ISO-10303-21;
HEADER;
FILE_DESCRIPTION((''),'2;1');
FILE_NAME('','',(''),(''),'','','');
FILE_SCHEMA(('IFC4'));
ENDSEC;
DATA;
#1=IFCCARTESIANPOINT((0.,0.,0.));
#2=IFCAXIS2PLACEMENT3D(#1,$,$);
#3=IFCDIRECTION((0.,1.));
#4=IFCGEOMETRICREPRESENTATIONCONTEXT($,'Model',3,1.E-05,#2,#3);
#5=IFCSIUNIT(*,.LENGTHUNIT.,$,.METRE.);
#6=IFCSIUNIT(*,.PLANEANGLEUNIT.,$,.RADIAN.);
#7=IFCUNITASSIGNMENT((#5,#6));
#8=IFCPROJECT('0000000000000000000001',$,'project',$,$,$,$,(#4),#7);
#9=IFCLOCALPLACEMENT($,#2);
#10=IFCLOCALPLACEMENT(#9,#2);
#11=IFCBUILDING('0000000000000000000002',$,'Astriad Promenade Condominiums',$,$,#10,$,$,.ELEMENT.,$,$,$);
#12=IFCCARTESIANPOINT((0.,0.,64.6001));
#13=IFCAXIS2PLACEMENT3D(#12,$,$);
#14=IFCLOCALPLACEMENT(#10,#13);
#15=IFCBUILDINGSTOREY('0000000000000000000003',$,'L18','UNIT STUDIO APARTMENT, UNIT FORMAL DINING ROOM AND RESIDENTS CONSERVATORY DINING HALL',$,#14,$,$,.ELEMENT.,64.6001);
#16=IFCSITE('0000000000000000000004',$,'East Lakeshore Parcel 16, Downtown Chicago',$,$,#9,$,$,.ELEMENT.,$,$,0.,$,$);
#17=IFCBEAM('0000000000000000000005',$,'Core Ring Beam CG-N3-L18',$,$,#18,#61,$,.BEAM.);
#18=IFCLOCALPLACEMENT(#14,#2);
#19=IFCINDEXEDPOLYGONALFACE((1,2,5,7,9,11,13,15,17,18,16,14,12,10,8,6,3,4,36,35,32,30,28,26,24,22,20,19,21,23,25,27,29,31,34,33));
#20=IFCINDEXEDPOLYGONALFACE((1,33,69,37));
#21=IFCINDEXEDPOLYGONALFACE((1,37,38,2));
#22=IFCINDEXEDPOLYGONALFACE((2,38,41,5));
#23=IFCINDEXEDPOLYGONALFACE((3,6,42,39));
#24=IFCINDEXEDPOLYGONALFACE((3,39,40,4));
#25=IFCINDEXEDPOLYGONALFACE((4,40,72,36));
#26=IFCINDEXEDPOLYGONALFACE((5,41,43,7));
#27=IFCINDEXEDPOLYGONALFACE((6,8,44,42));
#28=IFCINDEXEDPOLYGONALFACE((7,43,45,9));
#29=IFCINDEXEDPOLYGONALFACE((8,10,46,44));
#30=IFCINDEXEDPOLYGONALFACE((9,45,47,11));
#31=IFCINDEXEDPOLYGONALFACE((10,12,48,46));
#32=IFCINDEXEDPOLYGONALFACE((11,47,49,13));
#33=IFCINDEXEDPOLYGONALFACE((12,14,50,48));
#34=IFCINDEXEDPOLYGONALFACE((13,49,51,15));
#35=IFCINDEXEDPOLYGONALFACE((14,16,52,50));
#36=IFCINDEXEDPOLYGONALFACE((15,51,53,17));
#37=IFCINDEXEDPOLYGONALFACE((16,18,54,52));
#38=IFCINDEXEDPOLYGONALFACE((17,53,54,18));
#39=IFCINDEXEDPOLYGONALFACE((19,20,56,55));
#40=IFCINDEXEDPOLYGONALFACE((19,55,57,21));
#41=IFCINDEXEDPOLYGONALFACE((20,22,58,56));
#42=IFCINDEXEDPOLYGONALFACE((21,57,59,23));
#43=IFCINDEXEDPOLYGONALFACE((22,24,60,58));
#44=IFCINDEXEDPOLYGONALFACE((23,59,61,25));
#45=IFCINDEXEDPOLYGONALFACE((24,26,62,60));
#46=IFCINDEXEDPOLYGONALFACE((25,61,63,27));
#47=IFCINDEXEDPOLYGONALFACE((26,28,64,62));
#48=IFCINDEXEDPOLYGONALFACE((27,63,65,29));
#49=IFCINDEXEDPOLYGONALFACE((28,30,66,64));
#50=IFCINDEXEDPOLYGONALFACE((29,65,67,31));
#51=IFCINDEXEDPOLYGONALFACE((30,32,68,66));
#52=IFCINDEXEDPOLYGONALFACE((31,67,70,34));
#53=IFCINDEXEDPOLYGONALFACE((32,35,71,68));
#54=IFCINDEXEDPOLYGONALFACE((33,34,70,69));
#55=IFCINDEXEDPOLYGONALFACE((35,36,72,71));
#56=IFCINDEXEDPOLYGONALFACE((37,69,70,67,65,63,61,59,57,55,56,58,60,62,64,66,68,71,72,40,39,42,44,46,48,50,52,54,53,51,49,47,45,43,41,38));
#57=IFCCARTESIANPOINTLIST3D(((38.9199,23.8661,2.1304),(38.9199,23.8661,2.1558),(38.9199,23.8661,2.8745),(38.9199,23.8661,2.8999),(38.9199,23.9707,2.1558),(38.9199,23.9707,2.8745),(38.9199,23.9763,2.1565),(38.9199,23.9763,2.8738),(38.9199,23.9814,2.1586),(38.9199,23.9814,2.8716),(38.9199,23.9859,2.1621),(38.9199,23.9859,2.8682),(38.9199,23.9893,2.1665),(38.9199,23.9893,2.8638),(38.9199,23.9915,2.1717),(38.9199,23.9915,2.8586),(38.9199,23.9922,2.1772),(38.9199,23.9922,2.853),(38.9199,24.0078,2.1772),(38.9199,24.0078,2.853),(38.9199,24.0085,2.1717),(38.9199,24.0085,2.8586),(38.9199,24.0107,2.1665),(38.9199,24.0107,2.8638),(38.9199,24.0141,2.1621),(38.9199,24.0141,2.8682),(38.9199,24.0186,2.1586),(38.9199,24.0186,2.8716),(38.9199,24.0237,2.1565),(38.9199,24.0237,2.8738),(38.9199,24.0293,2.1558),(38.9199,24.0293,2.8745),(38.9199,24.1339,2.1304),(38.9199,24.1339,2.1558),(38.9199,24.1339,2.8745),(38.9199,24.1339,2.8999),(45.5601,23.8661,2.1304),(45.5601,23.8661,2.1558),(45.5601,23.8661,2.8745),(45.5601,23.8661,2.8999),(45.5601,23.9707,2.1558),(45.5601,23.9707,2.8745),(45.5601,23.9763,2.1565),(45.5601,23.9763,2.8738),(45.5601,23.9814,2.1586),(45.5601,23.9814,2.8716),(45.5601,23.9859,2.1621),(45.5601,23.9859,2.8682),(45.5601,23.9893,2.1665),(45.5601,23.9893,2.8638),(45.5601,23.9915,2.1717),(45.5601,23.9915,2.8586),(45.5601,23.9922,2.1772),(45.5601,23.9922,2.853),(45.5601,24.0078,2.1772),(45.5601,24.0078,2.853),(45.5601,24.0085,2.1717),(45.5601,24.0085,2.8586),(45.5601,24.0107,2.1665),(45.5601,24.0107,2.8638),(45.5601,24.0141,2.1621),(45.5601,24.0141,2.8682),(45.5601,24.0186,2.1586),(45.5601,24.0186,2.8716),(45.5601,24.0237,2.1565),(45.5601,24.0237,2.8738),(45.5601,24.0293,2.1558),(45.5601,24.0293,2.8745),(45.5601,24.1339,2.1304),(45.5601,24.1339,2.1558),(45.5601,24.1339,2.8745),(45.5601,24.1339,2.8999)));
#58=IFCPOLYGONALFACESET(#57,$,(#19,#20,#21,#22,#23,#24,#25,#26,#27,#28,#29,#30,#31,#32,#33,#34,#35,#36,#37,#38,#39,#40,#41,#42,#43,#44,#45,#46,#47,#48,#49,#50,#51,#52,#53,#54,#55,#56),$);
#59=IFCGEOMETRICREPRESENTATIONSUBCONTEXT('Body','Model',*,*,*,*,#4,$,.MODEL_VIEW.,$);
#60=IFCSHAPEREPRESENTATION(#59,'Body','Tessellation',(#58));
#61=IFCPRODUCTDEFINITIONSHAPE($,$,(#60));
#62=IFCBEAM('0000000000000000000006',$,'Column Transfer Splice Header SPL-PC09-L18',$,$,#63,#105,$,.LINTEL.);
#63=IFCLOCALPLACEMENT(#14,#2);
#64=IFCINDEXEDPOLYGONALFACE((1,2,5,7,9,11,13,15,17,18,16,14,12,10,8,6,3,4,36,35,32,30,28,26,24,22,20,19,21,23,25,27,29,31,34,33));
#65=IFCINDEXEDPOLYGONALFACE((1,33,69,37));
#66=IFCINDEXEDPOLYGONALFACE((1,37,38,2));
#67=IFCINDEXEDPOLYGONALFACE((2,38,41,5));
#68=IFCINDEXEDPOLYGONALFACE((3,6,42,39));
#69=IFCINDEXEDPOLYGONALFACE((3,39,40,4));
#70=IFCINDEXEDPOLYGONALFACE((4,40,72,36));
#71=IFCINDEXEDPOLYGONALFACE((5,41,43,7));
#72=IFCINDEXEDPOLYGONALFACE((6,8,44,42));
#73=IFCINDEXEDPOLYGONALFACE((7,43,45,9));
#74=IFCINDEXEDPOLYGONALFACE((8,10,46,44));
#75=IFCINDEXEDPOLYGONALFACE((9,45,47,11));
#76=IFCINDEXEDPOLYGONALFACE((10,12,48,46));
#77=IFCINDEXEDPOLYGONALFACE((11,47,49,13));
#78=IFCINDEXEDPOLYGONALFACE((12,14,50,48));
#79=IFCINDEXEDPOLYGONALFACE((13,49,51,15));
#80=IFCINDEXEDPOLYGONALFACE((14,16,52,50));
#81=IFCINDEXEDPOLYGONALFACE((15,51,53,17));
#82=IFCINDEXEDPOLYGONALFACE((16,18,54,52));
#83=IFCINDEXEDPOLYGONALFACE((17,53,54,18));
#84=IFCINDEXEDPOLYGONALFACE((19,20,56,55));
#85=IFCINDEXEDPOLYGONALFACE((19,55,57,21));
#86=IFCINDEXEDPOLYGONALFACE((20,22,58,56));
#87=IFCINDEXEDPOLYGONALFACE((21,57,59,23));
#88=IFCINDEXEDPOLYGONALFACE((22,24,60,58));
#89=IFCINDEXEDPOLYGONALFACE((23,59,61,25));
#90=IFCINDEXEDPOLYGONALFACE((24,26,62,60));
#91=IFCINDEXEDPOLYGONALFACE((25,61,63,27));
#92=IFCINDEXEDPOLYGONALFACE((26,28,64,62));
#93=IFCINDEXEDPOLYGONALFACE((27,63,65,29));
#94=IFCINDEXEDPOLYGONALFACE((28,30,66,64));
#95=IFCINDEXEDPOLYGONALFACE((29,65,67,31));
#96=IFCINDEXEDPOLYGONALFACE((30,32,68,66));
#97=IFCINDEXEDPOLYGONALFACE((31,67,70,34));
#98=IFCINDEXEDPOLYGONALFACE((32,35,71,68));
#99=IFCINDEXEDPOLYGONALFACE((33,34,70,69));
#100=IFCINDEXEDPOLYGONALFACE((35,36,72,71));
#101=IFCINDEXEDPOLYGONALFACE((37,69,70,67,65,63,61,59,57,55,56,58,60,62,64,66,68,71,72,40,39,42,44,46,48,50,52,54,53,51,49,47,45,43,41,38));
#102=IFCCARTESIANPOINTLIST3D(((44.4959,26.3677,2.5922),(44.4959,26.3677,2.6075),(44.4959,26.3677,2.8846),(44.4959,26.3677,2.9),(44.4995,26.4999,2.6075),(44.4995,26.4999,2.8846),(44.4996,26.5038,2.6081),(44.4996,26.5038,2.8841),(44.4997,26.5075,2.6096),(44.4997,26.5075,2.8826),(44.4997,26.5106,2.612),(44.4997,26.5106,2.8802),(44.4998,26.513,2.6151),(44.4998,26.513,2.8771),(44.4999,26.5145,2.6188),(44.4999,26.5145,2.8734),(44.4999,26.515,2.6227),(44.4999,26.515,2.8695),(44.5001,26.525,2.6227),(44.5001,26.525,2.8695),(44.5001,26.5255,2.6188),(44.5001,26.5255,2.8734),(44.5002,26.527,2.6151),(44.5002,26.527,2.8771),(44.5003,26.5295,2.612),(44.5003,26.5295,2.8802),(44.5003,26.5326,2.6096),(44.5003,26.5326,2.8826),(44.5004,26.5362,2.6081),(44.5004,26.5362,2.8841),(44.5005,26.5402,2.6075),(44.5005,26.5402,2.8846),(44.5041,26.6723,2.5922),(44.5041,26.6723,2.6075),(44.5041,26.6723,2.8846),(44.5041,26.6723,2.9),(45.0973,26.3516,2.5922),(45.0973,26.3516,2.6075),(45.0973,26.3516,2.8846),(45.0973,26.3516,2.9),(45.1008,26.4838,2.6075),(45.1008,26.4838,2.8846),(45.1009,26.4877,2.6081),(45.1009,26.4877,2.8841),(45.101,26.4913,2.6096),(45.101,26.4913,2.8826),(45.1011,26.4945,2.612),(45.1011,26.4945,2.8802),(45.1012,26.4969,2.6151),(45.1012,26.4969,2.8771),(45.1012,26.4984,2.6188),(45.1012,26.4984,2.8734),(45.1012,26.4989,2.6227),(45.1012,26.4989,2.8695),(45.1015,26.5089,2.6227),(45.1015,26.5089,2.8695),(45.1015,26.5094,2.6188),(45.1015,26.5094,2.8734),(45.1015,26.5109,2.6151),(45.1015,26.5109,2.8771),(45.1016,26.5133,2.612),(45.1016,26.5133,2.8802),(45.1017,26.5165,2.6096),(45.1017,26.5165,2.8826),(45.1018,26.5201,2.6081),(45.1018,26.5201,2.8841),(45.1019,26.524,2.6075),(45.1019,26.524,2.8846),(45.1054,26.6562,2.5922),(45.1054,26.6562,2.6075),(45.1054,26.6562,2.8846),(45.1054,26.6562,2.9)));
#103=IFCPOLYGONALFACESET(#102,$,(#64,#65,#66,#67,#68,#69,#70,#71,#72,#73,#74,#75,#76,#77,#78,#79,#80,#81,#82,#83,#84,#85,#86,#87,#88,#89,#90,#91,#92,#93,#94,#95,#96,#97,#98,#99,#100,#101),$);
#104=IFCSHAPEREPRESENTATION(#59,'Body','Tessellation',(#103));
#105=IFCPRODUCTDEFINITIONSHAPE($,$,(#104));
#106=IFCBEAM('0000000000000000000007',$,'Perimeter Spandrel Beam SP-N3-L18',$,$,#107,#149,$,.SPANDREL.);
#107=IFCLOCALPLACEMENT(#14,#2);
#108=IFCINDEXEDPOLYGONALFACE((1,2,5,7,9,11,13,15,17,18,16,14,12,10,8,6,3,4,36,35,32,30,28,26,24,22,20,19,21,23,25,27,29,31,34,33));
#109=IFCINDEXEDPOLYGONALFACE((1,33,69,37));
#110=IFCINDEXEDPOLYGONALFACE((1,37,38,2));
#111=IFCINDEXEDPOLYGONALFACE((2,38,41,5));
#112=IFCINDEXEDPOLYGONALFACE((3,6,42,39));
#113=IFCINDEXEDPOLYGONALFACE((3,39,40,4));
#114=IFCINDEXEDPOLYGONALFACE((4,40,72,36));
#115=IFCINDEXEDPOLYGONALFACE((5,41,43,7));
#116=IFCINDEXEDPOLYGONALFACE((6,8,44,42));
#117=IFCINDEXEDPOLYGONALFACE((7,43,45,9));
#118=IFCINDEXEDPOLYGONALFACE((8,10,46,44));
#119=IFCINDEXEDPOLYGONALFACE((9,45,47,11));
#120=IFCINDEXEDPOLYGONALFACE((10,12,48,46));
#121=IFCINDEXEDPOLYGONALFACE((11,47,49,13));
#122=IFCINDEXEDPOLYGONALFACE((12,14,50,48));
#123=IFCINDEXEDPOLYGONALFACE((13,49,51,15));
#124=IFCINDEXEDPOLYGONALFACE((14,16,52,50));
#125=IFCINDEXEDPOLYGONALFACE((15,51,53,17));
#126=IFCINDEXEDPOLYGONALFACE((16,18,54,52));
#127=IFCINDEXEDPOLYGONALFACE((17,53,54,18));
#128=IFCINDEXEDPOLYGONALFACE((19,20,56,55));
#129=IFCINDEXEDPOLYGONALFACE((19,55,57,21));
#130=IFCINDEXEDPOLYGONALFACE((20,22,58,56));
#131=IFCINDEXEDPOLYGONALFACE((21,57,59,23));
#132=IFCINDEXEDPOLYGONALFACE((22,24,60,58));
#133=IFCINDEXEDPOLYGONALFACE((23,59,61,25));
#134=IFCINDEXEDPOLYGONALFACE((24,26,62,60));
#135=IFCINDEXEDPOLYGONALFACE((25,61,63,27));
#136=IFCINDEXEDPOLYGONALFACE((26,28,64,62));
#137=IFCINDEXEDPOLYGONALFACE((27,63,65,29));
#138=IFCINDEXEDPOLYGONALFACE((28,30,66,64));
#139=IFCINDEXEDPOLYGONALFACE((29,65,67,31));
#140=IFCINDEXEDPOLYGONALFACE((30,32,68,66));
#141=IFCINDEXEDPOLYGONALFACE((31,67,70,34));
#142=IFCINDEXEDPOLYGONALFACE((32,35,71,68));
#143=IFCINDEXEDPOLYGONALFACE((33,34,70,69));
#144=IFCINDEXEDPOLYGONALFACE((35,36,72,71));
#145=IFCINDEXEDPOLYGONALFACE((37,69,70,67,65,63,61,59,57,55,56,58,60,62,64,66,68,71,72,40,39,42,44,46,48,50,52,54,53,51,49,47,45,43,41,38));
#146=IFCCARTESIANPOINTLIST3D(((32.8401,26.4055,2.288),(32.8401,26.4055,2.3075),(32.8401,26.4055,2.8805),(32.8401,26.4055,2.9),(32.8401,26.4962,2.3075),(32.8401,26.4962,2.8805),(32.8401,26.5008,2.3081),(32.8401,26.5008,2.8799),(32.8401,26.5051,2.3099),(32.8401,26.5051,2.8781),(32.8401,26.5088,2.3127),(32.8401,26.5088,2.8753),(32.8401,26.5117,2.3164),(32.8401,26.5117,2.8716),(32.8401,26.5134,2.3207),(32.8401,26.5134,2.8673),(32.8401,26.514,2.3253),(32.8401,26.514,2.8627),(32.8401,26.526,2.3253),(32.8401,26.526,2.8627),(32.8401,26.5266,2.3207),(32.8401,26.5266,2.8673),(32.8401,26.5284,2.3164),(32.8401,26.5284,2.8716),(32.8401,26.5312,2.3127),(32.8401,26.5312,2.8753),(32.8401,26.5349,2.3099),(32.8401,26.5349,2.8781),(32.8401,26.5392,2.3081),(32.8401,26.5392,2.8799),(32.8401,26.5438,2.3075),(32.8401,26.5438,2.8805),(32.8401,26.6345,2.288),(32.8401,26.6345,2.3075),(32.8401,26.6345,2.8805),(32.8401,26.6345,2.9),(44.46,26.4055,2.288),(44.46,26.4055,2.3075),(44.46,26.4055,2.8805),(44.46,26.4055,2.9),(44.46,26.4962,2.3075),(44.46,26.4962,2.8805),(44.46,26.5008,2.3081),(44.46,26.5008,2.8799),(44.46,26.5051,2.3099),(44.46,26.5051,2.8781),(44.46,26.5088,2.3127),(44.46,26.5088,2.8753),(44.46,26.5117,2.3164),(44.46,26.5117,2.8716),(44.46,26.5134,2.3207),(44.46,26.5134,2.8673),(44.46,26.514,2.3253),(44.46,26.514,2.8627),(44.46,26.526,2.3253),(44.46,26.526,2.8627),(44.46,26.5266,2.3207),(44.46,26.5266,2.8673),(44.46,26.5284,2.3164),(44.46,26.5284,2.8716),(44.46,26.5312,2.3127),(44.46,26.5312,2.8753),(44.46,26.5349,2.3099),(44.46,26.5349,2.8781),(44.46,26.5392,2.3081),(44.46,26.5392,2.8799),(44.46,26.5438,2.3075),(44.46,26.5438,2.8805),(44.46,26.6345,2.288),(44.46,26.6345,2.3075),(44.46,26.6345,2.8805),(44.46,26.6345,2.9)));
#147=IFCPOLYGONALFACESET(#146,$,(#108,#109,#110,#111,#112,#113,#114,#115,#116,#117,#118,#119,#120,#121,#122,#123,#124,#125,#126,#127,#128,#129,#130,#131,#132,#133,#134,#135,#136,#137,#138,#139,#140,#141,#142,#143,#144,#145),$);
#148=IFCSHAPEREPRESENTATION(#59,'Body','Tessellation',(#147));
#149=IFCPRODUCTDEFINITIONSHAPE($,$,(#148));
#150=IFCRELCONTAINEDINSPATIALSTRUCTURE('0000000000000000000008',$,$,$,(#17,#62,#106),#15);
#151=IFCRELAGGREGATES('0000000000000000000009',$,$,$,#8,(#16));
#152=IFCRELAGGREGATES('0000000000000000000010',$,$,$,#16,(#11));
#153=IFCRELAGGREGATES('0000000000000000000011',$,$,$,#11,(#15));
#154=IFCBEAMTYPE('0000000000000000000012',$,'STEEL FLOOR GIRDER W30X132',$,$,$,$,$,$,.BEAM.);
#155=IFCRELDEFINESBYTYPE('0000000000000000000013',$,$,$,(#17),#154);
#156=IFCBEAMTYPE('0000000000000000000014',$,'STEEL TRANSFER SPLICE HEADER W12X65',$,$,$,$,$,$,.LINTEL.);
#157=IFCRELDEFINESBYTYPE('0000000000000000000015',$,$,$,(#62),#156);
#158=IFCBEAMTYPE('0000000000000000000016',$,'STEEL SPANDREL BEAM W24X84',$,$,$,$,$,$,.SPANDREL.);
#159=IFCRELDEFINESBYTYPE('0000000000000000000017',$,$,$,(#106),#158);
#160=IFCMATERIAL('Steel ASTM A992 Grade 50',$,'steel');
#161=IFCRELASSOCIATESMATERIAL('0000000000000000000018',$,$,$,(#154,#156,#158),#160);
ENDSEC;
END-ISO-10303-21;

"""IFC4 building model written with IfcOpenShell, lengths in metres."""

from ifc_helpers import new_model, si_unit, direction, frame, origin, origin_2d, place, context, subcontext, project, spatial, i_section, extrude, source, transform, mapped, material, material_profile, profile_set, type_object, type_shapes, element, save


model = new_model("IFC4")

# Units and contexts
model_context = context("Model", 3, precision=1e-05, world=origin(), true_north=direction((0.0, 1.0)))
body_context = subcontext(model_context, "Body", "Model", "MODEL_VIEW")
ifc_project = project(units=[si_unit("LENGTHUNIT", "METRE"), si_unit("PLANEANGLEUNIT", "RADIAN")], contexts=[model_context])

# Site, building, storey
site_placement = place(None, origin())
site = spatial("IfcSite", under=ifc_project, at=site_placement, Name="East Lakeshore Parcel 16, Downtown Chicago", CompositionType="ELEMENT", RefElevation=0.0)
building_placement = place(site_placement, origin())
building = spatial("IfcBuilding", under=site, at=building_placement, Name="Astriad Promenade Condominiums", CompositionType="ELEMENT")
storey_placement = place(building_placement, frame((0.0, 0.0, 64.6001)))
storey = spatial("IfcBuildingStorey", under=building, at=storey_placement, Name="L18", Description="UNIT STUDIO APARTMENT, UNIT FORMAL DINING ROOM AND RESIDENTS CONSERVATORY DINING HALL", CompositionType="ELEMENT", Elevation=64.6001)

# Shared definitions
ifc_material_1 = material(Name="Steel ASTM A992 Grade 50", Category="steel")

# Beams
ifc_material_profile_1 = material_profile(ifc_material_1, i_section(OverallWidth=0.2678, OverallDepth=0.7695, WebThickness=0.0156, FlangeThickness=0.0254, FilletRadius=0.0215, at=origin_2d()), Name="W30X132")
ifc_profile_set_1 = profile_set([ifc_material_profile_1], Name="Steel ASTM A992 Grade 50")
beam_type_1 = type_object("IfcBeamType", Name="STEEL FLOOR GIRDER W30X132", PredefinedType="BEAM", material=ifc_profile_set_1)
shared_shape_1 = source(origin(), body_context, "Body", "SweptSolid", [
    extrude(i_section(OverallWidth=0.2678, OverallDepth=0.7695, WebThickness=0.0156, FlangeThickness=0.0254, FilletRadius=0.0215, at=origin_2d()), origin(), (0.0, 0.0, 1.0), 6.6401),
])
type_shapes(beam_type_1, [shared_shape_1])
beam_1_placement = place(storey_placement, frame((38.9199, 24.0, 2.5151), z_axis=(1.0, 0.0, 0.0), x_axis=(0.0, 1.0, 0.0)))
element("IfcBeam", 1, at=beam_1_placement, inside=storey, type_object=beam_type_1, Name="Core Ring Beam CG-N3-L18", PredefinedType="BEAM", context=body_context, shape_type="MappedRepresentation", body=[
    mapped(shared_shape_1, transform((0.0, 0.0, 0.0), scale=1.0)),
])
ifc_material_profile_2 = material_profile(ifc_material_1, i_section(OverallWidth=0.3047, OverallDepth=0.3079, WebThickness=0.01, FlangeThickness=0.0154, FilletRadius=0.0151, at=origin_2d()), Name="W12X65")
ifc_profile_set_2 = profile_set([ifc_material_profile_2], Name="Steel ASTM A992 Grade 50")
beam_type_2 = type_object("IfcBeamType", Name="STEEL TRANSFER SPLICE HEADER W12X65", PredefinedType="LINTEL", material=ifc_profile_set_2)
shared_shape_2 = source(origin(), body_context, "Body", "SweptSolid", [
    extrude(i_section(OverallWidth=0.3047, OverallDepth=0.3079, WebThickness=0.01, FlangeThickness=0.0154, FilletRadius=0.0151, at=origin_2d()), origin(), (0.0, 0.0, 1.0), 0.6016),
])
type_shapes(beam_type_2, [shared_shape_2])
beam_2_placement = place(storey_placement, frame((44.5, 26.52, 2.7461), z_axis=(0.999641, -0.026787, 0.0), x_axis=(0.026787, 0.999641, 0.0)))
element("IfcBeam", 2, at=beam_2_placement, inside=storey, type_object=beam_type_2, Name="Column Transfer Splice Header SPL-PC09-L18", PredefinedType="LINTEL", context=body_context, shape_type="MappedRepresentation", body=[
    mapped(shared_shape_2, transform((0.0, 0.0, 0.0), scale=1.0)),
])
ifc_material_profile_3 = material_profile(ifc_material_1, i_section(OverallWidth=0.229, OverallDepth=0.6121, WebThickness=0.012, FlangeThickness=0.0195, FilletRadius=0.0178, at=origin_2d()), Name="W24X84")
ifc_profile_set_3 = profile_set([ifc_material_profile_3], Name="Steel ASTM A992 Grade 50")
beam_type_3 = type_object("IfcBeamType", Name="STEEL SPANDREL BEAM W24X84", PredefinedType="SPANDREL", material=ifc_profile_set_3)
shared_shape_3 = source(origin(), body_context, "Body", "SweptSolid", [
    extrude(i_section(OverallWidth=0.229, OverallDepth=0.6121, WebThickness=0.012, FlangeThickness=0.0195, FilletRadius=0.0178, at=origin_2d()), origin(), (0.0, 0.0, 1.0), 11.6199),
])
type_shapes(beam_type_3, [shared_shape_3])
beam_3_placement = place(storey_placement, frame((44.46, 26.52, 2.594), z_axis=(-1.0, 0.0, 0.0), x_axis=(0.0, -1.0, 0.0)))
element("IfcBeam", 3, at=beam_3_placement, inside=storey, type_object=beam_type_3, Name="Perimeter Spandrel Beam SP-N3-L18", PredefinedType="SPANDREL", context=body_context, shape_type="MappedRepresentation", body=[
    mapped(shared_shape_3, transform((0.0, 0.0, 0.0), scale=1.0)),
])

save(model, "model.ifc")
